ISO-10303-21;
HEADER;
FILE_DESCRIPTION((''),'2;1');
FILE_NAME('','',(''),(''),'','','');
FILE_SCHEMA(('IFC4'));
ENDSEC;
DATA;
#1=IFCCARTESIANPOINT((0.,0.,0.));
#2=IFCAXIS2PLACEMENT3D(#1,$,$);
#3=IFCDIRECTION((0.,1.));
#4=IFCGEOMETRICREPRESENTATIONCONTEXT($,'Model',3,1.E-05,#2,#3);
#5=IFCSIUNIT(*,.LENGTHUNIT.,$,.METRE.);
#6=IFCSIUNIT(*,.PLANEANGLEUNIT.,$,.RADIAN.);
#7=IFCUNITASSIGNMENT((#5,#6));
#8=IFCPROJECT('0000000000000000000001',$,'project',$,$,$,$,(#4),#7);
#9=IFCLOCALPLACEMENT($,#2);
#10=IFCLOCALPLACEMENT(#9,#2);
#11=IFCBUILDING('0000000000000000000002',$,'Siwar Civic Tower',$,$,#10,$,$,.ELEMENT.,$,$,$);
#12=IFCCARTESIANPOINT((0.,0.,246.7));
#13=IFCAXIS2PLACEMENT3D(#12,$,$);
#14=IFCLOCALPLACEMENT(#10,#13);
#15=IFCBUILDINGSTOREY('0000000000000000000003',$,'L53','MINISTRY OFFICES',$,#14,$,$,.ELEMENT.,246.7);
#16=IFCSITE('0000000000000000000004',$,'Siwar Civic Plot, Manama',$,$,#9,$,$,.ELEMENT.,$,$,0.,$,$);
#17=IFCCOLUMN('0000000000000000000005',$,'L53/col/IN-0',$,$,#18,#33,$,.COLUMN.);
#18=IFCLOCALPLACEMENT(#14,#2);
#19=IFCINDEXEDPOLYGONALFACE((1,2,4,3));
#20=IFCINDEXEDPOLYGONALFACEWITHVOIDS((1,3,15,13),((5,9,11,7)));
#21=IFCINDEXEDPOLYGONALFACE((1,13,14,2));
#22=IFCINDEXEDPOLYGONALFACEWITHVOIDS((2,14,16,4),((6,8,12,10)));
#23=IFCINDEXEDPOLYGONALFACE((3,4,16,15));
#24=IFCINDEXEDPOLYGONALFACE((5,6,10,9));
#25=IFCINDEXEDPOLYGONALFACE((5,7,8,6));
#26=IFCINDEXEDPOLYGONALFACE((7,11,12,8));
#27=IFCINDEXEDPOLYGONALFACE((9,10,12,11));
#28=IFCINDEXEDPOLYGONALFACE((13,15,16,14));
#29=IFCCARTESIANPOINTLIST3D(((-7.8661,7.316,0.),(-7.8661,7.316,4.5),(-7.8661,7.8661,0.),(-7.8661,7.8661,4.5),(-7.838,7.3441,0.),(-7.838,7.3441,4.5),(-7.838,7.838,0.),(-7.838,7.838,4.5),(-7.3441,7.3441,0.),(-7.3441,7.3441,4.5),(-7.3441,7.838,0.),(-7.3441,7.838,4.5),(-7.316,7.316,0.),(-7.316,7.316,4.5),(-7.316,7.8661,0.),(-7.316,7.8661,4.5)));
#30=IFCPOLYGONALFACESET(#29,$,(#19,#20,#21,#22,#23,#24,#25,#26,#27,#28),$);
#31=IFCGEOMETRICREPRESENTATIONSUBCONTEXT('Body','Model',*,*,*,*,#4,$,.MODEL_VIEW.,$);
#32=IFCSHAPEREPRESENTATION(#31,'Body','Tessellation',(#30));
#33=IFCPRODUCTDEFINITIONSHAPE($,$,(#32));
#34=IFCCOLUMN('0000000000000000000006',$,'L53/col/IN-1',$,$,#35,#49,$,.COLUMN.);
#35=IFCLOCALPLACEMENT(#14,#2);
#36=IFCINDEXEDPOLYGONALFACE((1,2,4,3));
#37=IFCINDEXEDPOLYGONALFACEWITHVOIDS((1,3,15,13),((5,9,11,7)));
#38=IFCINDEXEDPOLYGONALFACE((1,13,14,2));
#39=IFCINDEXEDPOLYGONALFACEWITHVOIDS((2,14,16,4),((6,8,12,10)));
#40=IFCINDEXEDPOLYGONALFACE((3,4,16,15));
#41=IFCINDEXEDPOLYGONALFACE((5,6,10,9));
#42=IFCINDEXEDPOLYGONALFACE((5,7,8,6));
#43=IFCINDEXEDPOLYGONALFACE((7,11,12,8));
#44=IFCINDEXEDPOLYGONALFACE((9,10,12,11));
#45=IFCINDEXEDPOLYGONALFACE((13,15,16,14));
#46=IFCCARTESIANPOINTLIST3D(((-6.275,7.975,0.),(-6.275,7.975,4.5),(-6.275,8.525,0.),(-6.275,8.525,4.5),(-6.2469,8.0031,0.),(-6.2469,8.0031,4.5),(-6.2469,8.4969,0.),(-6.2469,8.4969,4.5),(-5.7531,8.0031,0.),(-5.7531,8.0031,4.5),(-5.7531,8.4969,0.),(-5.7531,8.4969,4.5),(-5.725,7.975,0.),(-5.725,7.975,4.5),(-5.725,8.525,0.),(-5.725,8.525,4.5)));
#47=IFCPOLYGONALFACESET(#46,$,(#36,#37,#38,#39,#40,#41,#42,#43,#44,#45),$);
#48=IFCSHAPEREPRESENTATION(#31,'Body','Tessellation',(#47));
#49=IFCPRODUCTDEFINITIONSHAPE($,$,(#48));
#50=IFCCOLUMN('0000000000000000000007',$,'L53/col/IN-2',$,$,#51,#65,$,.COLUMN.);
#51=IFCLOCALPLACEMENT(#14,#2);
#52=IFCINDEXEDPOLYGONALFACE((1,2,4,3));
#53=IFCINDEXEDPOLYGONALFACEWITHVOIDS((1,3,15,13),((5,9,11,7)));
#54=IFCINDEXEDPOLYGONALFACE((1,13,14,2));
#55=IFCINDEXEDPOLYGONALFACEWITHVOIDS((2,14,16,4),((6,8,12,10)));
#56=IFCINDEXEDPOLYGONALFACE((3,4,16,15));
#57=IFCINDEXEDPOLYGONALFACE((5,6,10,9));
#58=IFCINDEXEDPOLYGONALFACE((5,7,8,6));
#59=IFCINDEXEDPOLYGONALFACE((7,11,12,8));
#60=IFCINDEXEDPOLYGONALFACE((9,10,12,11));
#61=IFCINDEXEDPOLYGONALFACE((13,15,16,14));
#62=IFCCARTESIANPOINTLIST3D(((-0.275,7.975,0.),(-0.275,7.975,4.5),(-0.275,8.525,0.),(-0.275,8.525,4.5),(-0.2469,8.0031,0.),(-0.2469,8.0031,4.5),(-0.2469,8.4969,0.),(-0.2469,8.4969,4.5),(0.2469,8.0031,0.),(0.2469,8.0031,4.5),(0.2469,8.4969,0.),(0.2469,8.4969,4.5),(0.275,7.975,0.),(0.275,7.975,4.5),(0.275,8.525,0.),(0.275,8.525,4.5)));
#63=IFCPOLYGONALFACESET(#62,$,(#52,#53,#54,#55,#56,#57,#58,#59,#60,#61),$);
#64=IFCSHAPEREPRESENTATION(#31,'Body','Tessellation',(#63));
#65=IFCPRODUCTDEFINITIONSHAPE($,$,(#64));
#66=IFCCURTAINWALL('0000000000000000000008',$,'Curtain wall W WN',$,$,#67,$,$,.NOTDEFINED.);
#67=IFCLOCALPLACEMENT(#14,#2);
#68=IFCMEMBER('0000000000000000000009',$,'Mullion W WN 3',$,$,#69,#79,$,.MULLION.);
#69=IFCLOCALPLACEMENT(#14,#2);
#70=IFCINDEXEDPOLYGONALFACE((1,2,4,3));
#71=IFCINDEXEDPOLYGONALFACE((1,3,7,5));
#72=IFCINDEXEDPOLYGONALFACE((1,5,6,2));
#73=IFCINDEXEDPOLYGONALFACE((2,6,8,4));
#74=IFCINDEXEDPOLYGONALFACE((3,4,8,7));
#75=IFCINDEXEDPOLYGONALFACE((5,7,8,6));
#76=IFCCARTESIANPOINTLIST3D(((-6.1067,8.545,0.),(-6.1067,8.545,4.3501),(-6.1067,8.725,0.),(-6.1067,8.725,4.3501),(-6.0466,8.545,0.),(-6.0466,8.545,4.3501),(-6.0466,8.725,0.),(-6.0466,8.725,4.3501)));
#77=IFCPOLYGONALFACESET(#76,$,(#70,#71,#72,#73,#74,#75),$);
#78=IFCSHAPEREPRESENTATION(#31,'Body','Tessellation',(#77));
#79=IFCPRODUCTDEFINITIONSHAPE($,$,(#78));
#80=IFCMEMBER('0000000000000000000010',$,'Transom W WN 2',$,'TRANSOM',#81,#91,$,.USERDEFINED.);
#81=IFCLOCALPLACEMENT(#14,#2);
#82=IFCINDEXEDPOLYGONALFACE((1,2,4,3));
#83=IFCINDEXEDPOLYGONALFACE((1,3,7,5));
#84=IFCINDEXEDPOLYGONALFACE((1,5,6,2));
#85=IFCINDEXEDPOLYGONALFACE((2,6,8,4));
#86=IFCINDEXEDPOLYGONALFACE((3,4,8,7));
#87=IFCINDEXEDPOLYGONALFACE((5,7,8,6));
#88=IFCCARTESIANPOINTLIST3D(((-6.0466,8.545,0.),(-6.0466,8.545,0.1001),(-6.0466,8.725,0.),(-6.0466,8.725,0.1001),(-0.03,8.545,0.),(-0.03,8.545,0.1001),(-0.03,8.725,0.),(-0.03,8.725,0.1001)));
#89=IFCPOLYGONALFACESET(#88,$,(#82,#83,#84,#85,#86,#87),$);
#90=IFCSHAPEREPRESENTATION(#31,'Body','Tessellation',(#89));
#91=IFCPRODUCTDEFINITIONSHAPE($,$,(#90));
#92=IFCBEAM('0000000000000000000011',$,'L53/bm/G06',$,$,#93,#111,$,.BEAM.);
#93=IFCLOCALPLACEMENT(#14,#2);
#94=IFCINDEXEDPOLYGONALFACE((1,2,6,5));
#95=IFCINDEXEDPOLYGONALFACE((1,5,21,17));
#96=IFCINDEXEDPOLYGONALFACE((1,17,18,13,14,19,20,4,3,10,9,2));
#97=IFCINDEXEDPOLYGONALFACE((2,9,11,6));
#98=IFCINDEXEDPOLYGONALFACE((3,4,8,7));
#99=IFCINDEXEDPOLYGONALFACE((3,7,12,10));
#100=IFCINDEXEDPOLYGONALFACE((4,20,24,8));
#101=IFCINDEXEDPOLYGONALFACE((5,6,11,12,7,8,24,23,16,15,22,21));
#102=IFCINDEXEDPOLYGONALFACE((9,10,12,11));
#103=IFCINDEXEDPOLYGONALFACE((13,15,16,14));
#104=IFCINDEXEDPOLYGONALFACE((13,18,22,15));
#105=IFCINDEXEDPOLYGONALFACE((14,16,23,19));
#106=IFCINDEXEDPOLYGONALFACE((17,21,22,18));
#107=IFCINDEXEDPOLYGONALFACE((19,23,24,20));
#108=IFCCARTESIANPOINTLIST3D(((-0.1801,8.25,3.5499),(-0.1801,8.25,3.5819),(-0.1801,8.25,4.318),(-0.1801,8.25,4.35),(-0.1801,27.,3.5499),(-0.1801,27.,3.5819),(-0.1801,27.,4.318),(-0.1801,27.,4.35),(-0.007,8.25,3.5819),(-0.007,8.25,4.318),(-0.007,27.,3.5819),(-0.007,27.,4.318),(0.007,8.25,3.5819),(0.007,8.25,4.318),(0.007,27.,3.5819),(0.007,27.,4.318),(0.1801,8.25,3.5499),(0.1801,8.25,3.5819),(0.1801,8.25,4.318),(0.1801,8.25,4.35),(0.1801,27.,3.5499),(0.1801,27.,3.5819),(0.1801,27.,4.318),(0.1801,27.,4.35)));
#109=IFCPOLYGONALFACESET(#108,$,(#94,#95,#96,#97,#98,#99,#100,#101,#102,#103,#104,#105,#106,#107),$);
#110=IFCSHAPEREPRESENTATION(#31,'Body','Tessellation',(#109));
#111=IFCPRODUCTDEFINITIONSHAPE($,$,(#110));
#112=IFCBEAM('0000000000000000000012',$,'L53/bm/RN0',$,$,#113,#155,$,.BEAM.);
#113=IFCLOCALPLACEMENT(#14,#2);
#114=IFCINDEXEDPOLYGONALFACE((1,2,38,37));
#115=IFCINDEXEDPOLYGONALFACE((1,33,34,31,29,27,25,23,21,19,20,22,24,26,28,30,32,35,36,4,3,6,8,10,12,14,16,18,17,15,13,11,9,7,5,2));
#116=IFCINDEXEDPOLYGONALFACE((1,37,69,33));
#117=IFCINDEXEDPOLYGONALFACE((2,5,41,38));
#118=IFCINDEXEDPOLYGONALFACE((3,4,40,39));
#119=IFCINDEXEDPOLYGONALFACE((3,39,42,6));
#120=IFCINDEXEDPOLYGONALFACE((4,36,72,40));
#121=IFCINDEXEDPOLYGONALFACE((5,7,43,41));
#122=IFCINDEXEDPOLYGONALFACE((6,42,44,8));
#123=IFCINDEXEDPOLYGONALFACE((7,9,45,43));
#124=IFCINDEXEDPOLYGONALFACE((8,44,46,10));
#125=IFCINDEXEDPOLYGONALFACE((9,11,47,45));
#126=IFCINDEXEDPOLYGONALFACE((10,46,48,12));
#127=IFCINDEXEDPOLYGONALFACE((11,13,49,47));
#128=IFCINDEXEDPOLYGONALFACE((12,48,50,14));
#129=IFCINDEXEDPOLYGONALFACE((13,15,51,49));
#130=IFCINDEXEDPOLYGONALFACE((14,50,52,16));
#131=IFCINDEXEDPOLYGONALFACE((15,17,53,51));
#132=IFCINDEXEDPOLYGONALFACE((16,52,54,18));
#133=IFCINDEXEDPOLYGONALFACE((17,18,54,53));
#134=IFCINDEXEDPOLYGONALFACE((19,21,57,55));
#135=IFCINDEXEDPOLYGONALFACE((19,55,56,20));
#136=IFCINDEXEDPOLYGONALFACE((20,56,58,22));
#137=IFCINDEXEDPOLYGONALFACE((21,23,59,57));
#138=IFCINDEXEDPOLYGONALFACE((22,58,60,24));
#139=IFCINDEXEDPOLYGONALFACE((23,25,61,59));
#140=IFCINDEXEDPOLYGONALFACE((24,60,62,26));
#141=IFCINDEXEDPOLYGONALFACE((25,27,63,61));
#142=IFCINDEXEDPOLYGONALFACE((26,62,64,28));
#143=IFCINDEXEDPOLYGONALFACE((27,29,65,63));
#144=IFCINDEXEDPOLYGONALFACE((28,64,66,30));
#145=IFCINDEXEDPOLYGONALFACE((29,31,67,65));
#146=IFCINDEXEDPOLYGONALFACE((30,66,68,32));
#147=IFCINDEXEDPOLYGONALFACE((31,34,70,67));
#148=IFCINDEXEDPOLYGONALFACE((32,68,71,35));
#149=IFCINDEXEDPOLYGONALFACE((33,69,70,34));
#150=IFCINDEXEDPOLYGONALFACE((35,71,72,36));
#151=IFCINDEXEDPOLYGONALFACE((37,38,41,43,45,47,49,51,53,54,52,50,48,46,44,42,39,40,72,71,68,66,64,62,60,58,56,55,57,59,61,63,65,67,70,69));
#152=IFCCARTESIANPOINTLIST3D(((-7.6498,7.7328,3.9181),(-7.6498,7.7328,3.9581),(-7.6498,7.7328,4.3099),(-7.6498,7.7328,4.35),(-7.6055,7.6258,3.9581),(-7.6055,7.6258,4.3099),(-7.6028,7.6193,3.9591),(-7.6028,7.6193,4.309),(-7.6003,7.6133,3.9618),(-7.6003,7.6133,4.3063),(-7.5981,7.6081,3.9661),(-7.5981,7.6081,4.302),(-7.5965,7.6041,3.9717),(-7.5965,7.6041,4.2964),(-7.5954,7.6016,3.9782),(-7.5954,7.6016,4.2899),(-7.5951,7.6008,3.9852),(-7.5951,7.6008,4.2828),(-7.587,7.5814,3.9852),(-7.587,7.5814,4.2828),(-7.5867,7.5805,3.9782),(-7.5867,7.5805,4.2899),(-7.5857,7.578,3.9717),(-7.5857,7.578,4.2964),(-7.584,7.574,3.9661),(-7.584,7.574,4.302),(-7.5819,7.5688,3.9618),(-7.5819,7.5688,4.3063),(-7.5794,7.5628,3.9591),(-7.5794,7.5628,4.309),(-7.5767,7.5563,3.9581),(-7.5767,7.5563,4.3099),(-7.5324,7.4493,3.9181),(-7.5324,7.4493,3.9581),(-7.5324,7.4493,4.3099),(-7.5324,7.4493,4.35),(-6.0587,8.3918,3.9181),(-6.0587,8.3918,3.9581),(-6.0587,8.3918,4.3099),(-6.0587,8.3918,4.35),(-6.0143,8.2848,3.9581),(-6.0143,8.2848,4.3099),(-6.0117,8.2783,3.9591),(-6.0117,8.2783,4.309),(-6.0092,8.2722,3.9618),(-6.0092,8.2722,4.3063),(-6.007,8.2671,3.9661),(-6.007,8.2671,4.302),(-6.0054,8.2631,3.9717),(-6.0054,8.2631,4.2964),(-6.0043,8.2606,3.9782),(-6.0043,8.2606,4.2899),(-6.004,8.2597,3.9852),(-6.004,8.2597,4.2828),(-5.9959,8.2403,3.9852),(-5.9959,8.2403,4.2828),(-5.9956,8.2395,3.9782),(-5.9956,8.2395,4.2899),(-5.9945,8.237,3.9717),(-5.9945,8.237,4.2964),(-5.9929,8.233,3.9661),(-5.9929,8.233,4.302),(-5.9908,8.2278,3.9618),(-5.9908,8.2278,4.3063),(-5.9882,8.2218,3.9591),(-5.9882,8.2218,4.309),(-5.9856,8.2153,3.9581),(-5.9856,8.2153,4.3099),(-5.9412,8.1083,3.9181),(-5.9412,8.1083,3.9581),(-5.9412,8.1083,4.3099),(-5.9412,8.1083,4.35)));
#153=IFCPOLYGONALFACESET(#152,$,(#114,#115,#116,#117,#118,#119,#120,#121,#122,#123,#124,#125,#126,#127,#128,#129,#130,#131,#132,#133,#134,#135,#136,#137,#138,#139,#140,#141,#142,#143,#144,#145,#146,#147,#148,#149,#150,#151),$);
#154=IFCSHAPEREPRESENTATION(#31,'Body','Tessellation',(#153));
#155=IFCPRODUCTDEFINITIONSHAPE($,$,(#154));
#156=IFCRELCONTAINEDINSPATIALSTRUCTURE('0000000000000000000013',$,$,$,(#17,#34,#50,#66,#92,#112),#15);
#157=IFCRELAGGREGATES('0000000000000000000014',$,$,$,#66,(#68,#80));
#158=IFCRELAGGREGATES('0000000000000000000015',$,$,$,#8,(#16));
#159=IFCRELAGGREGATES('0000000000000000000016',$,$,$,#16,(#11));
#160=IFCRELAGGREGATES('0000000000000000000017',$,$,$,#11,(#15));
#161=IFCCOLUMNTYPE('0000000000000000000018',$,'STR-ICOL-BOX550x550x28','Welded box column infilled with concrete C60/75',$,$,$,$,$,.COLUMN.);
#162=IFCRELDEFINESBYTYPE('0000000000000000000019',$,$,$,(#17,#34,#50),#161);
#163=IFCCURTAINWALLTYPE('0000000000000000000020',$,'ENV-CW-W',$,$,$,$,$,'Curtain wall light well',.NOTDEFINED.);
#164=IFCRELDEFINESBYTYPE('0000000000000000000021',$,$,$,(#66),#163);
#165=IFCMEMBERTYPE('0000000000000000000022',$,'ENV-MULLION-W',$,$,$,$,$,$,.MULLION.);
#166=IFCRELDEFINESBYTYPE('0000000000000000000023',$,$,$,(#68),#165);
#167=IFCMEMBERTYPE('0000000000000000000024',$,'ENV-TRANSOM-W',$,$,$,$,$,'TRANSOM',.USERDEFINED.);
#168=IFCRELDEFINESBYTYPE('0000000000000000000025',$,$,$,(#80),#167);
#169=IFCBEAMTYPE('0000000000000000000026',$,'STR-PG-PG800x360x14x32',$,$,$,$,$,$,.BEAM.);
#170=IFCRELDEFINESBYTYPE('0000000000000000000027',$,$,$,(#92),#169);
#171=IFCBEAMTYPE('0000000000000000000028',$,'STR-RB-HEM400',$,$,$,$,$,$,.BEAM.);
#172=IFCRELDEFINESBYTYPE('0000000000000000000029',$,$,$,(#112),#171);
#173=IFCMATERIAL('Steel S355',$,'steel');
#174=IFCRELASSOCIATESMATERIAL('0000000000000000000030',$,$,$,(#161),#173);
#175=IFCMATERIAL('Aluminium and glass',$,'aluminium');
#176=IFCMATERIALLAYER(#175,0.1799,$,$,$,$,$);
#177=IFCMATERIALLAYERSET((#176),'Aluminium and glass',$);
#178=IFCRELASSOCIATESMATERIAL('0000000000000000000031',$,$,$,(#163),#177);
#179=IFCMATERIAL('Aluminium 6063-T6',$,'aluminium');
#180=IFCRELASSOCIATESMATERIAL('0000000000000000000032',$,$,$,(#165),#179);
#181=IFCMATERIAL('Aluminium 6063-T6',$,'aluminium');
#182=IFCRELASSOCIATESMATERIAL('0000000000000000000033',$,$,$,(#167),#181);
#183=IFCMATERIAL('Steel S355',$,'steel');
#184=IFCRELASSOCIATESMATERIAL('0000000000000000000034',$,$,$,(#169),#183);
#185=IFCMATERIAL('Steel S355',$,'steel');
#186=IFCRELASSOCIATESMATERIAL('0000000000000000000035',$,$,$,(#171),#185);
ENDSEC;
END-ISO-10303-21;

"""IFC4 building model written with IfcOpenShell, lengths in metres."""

from ifc_helpers import new_model, si_unit, direction, frame, origin, origin_2d, place, context, subcontext, project, spatial, rectangle, hollow_rectangle, i_section, extrude, material, layer, layer_set, material_profile, profile_set, type_object, element, aggregate, save


model = new_model("IFC4")

# Units and contexts
model_context = context("Model", 3, precision=1e-05, world=origin(), true_north=direction((0.0, 1.0)))
body_context = subcontext(model_context, "Body", "Model", "MODEL_VIEW")
ifc_project = project(units=[si_unit("LENGTHUNIT", "METRE"), si_unit("PLANEANGLEUNIT", "RADIAN")], contexts=[model_context])

# Site, building, storey
site_placement = place(None, origin())
site = spatial("IfcSite", under=ifc_project, at=site_placement, Name="Siwar Civic Plot, Manama", CompositionType="ELEMENT", RefElevation=0.0)
building_placement = place(site_placement, origin())
building = spatial("IfcBuilding", under=site, at=building_placement, Name="Siwar Civic Tower", CompositionType="ELEMENT")
storey_placement = place(building_placement, frame((0.0, 0.0, 246.7)))
storey = spatial("IfcBuildingStorey", under=building, at=storey_placement, Name="L53", Description="MINISTRY OFFICES", CompositionType="ELEMENT", Elevation=246.7)

# Columns
ifc_material_1 = material(Name="Steel S355", Category="steel")
ifc_material_profile_1 = material_profile(ifc_material_1, hollow_rectangle(XDim=0.55, YDim=0.55, WallThickness=0.0281, at=origin_2d()), Name="BOX550x550x28")
ifc_profile_set_1 = profile_set([ifc_material_profile_1], Name="Steel S355")
column_type = type_object("IfcColumnType", Name="STR-ICOL-BOX550x550x28", Description="Welded box column infilled with concrete C60/75", PredefinedType="COLUMN", material=ifc_profile_set_1)
for number, where, z_axis, x_axis, name in (
    (1, (-7.5911, 7.5911, 0.0), (0.0, 0.0, 1.0), (1.0, 0.0, 0.0), "L53/col/IN-0"),
    (2, (-6.0, 8.25, 0.0), (0.0, 0.0, 1.0), (1.0, 0.0, 0.0), "L53/col/IN-1"),
    (3, (0.0, 8.25, 0.0), (0.0, 0.0, 1.0), (1.0, 0.0, 0.0), "L53/col/IN-2"),
):
    element("IfcColumn", number, at=place(storey_placement, frame(where, z_axis=z_axis, x_axis=x_axis)), inside=storey, type_object=column_type, Name=name, PredefinedType="COLUMN", context=body_context, shape_type="SweptSolid", body=[
        extrude(hollow_rectangle(XDim=0.55, YDim=0.55, WallThickness=0.0281, at=origin_2d()), origin(), (0.0, 0.0, 1.0), 4.5),
    ])

# Curtain wall, members
ifc_material_2 = material(Name="Aluminium and glass", Category="aluminium")
ifc_layer_1 = layer(ifc_material_2, 0.1799)
ifc_layer_set_1 = layer_set([ifc_layer_1], Name="Aluminium and glass")
curtain_wall_type = type_object("IfcCurtainWallType", Name="ENV-CW-W", ElementType="Curtain wall light well", PredefinedType="NOTDEFINED", material=ifc_layer_set_1)
curtain_wall_placement = place(storey_placement, origin())
curtain_wall = element("IfcCurtainWall", 4, at=curtain_wall_placement, inside=storey, type_object=curtain_wall_type, Name="Curtain wall W WN", PredefinedType="NOTDEFINED")
ifc_material_3 = material(Name="Aluminium 6063-T6", Category="aluminium")
ifc_material_profile_2 = material_profile(ifc_material_3, rectangle(XDim=0.1799, YDim=0.0601, at=origin_2d()), Name="AL 180x60")
ifc_profile_set_2 = profile_set([ifc_material_profile_2], Name="Aluminium 6063-T6")
member_type_1 = type_object("IfcMemberType", Name="ENV-MULLION-W", PredefinedType="MULLION", material=ifc_profile_set_2)
member_1_placement = place(storey_placement, frame((-6.0767, 8.635, 0.0), z_axis=(0.0, 0.0, 1.0), x_axis=(0.0, -1.0, 0.0)))
member_1 = element("IfcMember", 5, at=member_1_placement, type_object=member_type_1, Name="Mullion W WN 3", PredefinedType="MULLION", context=body_context, shape_type="SweptSolid", body=[
    extrude(rectangle(XDim=0.1799, YDim=0.0601, at=origin_2d()), origin(), (0.0, 0.0, 1.0), 4.3501),
])
ifc_material_4 = material(Name="Aluminium 6063-T6", Category="aluminium")
ifc_material_profile_3 = material_profile(ifc_material_4, rectangle(XDim=0.1799, YDim=0.1001, at=origin_2d()), Name="AL 180x100")
ifc_profile_set_3 = profile_set([ifc_material_profile_3], Name="Aluminium 6063-T6")
member_type_2 = type_object("IfcMemberType", Name="ENV-TRANSOM-W", ElementType="TRANSOM", PredefinedType="USERDEFINED", material=ifc_profile_set_3)
member_2_placement = place(storey_placement, frame((-0.03, 8.635, 0.05), z_axis=(-1.0, 0.0, 0.0), x_axis=(0.0, -1.0, 0.0)))
member_2 = element("IfcMember", 6, at=member_2_placement, type_object=member_type_2, Name="Transom W WN 2", ObjectType="TRANSOM", PredefinedType="USERDEFINED", context=body_context, shape_type="SweptSolid", body=[
    extrude(rectangle(XDim=0.1799, YDim=0.1001, at=origin_2d()), origin(), (0.0, 0.0, 1.0), 6.0166),
])

# Beams
ifc_material_5 = material(Name="Steel S355", Category="steel")
ifc_material_profile_4 = material_profile(ifc_material_5, i_section(OverallWidth=0.3601, OverallDepth=0.8, WebThickness=0.0139, FlangeThickness=0.032, at=origin_2d()), Name="PG800x360x14x32")
ifc_profile_set_4 = profile_set([ifc_material_profile_4], Name="Steel S355")
beam_type_1 = type_object("IfcBeamType", Name="STR-PG-PG800x360x14x32", PredefinedType="BEAM", material=ifc_profile_set_4)
beam_1_placement = place(storey_placement, frame((0.0, 8.25, 3.95), z_axis=(0.0, 1.0, 0.0), x_axis=(-1.0, 0.0, 0.0)))
element("IfcBeam", 7, at=beam_1_placement, inside=storey, type_object=beam_type_1, Name="L53/bm/G06", PredefinedType="BEAM", context=body_context, shape_type="SweptSolid", body=[
    extrude(i_section(OverallWidth=0.3601, OverallDepth=0.8, WebThickness=0.0139, FlangeThickness=0.032, at=origin_2d()), origin(), (0.0, 0.0, 1.0), 18.75),
])
ifc_material_6 = material(Name="Steel S355", Category="steel")
ifc_material_profile_5 = material_profile(ifc_material_6, i_section(OverallWidth=0.3069, OverallDepth=0.4319, WebThickness=0.021, FlangeThickness=0.04, FilletRadius=0.0271, at=origin_2d()), Name="HEM400")
ifc_profile_set_5 = profile_set([ifc_material_profile_5], Name="Steel S355")
beam_type_2 = type_object("IfcBeamType", Name="STR-RB-HEM400", PredefinedType="BEAM", material=ifc_profile_set_5)
beam_2_placement = place(storey_placement, frame((-7.5911, 7.5911, 4.134), z_axis=(0.923901, 0.382631, 0.0), x_axis=(-0.382631, 0.923901, 0.0)))
element("IfcBeam", 8, at=beam_2_placement, inside=storey, type_object=beam_type_2, Name="L53/bm/RN0", PredefinedType="BEAM", context=body_context, shape_type="SweptSolid", body=[
    extrude(i_section(OverallWidth=0.3069, OverallDepth=0.4319, WebThickness=0.021, FlangeThickness=0.04, FilletRadius=0.0271, at=origin_2d()), origin(), (0.0, 0.0, 1.0), 1.7222),
])

aggregate(curtain_wall, [member_1, member_2])

save(model, "model.ifc")
